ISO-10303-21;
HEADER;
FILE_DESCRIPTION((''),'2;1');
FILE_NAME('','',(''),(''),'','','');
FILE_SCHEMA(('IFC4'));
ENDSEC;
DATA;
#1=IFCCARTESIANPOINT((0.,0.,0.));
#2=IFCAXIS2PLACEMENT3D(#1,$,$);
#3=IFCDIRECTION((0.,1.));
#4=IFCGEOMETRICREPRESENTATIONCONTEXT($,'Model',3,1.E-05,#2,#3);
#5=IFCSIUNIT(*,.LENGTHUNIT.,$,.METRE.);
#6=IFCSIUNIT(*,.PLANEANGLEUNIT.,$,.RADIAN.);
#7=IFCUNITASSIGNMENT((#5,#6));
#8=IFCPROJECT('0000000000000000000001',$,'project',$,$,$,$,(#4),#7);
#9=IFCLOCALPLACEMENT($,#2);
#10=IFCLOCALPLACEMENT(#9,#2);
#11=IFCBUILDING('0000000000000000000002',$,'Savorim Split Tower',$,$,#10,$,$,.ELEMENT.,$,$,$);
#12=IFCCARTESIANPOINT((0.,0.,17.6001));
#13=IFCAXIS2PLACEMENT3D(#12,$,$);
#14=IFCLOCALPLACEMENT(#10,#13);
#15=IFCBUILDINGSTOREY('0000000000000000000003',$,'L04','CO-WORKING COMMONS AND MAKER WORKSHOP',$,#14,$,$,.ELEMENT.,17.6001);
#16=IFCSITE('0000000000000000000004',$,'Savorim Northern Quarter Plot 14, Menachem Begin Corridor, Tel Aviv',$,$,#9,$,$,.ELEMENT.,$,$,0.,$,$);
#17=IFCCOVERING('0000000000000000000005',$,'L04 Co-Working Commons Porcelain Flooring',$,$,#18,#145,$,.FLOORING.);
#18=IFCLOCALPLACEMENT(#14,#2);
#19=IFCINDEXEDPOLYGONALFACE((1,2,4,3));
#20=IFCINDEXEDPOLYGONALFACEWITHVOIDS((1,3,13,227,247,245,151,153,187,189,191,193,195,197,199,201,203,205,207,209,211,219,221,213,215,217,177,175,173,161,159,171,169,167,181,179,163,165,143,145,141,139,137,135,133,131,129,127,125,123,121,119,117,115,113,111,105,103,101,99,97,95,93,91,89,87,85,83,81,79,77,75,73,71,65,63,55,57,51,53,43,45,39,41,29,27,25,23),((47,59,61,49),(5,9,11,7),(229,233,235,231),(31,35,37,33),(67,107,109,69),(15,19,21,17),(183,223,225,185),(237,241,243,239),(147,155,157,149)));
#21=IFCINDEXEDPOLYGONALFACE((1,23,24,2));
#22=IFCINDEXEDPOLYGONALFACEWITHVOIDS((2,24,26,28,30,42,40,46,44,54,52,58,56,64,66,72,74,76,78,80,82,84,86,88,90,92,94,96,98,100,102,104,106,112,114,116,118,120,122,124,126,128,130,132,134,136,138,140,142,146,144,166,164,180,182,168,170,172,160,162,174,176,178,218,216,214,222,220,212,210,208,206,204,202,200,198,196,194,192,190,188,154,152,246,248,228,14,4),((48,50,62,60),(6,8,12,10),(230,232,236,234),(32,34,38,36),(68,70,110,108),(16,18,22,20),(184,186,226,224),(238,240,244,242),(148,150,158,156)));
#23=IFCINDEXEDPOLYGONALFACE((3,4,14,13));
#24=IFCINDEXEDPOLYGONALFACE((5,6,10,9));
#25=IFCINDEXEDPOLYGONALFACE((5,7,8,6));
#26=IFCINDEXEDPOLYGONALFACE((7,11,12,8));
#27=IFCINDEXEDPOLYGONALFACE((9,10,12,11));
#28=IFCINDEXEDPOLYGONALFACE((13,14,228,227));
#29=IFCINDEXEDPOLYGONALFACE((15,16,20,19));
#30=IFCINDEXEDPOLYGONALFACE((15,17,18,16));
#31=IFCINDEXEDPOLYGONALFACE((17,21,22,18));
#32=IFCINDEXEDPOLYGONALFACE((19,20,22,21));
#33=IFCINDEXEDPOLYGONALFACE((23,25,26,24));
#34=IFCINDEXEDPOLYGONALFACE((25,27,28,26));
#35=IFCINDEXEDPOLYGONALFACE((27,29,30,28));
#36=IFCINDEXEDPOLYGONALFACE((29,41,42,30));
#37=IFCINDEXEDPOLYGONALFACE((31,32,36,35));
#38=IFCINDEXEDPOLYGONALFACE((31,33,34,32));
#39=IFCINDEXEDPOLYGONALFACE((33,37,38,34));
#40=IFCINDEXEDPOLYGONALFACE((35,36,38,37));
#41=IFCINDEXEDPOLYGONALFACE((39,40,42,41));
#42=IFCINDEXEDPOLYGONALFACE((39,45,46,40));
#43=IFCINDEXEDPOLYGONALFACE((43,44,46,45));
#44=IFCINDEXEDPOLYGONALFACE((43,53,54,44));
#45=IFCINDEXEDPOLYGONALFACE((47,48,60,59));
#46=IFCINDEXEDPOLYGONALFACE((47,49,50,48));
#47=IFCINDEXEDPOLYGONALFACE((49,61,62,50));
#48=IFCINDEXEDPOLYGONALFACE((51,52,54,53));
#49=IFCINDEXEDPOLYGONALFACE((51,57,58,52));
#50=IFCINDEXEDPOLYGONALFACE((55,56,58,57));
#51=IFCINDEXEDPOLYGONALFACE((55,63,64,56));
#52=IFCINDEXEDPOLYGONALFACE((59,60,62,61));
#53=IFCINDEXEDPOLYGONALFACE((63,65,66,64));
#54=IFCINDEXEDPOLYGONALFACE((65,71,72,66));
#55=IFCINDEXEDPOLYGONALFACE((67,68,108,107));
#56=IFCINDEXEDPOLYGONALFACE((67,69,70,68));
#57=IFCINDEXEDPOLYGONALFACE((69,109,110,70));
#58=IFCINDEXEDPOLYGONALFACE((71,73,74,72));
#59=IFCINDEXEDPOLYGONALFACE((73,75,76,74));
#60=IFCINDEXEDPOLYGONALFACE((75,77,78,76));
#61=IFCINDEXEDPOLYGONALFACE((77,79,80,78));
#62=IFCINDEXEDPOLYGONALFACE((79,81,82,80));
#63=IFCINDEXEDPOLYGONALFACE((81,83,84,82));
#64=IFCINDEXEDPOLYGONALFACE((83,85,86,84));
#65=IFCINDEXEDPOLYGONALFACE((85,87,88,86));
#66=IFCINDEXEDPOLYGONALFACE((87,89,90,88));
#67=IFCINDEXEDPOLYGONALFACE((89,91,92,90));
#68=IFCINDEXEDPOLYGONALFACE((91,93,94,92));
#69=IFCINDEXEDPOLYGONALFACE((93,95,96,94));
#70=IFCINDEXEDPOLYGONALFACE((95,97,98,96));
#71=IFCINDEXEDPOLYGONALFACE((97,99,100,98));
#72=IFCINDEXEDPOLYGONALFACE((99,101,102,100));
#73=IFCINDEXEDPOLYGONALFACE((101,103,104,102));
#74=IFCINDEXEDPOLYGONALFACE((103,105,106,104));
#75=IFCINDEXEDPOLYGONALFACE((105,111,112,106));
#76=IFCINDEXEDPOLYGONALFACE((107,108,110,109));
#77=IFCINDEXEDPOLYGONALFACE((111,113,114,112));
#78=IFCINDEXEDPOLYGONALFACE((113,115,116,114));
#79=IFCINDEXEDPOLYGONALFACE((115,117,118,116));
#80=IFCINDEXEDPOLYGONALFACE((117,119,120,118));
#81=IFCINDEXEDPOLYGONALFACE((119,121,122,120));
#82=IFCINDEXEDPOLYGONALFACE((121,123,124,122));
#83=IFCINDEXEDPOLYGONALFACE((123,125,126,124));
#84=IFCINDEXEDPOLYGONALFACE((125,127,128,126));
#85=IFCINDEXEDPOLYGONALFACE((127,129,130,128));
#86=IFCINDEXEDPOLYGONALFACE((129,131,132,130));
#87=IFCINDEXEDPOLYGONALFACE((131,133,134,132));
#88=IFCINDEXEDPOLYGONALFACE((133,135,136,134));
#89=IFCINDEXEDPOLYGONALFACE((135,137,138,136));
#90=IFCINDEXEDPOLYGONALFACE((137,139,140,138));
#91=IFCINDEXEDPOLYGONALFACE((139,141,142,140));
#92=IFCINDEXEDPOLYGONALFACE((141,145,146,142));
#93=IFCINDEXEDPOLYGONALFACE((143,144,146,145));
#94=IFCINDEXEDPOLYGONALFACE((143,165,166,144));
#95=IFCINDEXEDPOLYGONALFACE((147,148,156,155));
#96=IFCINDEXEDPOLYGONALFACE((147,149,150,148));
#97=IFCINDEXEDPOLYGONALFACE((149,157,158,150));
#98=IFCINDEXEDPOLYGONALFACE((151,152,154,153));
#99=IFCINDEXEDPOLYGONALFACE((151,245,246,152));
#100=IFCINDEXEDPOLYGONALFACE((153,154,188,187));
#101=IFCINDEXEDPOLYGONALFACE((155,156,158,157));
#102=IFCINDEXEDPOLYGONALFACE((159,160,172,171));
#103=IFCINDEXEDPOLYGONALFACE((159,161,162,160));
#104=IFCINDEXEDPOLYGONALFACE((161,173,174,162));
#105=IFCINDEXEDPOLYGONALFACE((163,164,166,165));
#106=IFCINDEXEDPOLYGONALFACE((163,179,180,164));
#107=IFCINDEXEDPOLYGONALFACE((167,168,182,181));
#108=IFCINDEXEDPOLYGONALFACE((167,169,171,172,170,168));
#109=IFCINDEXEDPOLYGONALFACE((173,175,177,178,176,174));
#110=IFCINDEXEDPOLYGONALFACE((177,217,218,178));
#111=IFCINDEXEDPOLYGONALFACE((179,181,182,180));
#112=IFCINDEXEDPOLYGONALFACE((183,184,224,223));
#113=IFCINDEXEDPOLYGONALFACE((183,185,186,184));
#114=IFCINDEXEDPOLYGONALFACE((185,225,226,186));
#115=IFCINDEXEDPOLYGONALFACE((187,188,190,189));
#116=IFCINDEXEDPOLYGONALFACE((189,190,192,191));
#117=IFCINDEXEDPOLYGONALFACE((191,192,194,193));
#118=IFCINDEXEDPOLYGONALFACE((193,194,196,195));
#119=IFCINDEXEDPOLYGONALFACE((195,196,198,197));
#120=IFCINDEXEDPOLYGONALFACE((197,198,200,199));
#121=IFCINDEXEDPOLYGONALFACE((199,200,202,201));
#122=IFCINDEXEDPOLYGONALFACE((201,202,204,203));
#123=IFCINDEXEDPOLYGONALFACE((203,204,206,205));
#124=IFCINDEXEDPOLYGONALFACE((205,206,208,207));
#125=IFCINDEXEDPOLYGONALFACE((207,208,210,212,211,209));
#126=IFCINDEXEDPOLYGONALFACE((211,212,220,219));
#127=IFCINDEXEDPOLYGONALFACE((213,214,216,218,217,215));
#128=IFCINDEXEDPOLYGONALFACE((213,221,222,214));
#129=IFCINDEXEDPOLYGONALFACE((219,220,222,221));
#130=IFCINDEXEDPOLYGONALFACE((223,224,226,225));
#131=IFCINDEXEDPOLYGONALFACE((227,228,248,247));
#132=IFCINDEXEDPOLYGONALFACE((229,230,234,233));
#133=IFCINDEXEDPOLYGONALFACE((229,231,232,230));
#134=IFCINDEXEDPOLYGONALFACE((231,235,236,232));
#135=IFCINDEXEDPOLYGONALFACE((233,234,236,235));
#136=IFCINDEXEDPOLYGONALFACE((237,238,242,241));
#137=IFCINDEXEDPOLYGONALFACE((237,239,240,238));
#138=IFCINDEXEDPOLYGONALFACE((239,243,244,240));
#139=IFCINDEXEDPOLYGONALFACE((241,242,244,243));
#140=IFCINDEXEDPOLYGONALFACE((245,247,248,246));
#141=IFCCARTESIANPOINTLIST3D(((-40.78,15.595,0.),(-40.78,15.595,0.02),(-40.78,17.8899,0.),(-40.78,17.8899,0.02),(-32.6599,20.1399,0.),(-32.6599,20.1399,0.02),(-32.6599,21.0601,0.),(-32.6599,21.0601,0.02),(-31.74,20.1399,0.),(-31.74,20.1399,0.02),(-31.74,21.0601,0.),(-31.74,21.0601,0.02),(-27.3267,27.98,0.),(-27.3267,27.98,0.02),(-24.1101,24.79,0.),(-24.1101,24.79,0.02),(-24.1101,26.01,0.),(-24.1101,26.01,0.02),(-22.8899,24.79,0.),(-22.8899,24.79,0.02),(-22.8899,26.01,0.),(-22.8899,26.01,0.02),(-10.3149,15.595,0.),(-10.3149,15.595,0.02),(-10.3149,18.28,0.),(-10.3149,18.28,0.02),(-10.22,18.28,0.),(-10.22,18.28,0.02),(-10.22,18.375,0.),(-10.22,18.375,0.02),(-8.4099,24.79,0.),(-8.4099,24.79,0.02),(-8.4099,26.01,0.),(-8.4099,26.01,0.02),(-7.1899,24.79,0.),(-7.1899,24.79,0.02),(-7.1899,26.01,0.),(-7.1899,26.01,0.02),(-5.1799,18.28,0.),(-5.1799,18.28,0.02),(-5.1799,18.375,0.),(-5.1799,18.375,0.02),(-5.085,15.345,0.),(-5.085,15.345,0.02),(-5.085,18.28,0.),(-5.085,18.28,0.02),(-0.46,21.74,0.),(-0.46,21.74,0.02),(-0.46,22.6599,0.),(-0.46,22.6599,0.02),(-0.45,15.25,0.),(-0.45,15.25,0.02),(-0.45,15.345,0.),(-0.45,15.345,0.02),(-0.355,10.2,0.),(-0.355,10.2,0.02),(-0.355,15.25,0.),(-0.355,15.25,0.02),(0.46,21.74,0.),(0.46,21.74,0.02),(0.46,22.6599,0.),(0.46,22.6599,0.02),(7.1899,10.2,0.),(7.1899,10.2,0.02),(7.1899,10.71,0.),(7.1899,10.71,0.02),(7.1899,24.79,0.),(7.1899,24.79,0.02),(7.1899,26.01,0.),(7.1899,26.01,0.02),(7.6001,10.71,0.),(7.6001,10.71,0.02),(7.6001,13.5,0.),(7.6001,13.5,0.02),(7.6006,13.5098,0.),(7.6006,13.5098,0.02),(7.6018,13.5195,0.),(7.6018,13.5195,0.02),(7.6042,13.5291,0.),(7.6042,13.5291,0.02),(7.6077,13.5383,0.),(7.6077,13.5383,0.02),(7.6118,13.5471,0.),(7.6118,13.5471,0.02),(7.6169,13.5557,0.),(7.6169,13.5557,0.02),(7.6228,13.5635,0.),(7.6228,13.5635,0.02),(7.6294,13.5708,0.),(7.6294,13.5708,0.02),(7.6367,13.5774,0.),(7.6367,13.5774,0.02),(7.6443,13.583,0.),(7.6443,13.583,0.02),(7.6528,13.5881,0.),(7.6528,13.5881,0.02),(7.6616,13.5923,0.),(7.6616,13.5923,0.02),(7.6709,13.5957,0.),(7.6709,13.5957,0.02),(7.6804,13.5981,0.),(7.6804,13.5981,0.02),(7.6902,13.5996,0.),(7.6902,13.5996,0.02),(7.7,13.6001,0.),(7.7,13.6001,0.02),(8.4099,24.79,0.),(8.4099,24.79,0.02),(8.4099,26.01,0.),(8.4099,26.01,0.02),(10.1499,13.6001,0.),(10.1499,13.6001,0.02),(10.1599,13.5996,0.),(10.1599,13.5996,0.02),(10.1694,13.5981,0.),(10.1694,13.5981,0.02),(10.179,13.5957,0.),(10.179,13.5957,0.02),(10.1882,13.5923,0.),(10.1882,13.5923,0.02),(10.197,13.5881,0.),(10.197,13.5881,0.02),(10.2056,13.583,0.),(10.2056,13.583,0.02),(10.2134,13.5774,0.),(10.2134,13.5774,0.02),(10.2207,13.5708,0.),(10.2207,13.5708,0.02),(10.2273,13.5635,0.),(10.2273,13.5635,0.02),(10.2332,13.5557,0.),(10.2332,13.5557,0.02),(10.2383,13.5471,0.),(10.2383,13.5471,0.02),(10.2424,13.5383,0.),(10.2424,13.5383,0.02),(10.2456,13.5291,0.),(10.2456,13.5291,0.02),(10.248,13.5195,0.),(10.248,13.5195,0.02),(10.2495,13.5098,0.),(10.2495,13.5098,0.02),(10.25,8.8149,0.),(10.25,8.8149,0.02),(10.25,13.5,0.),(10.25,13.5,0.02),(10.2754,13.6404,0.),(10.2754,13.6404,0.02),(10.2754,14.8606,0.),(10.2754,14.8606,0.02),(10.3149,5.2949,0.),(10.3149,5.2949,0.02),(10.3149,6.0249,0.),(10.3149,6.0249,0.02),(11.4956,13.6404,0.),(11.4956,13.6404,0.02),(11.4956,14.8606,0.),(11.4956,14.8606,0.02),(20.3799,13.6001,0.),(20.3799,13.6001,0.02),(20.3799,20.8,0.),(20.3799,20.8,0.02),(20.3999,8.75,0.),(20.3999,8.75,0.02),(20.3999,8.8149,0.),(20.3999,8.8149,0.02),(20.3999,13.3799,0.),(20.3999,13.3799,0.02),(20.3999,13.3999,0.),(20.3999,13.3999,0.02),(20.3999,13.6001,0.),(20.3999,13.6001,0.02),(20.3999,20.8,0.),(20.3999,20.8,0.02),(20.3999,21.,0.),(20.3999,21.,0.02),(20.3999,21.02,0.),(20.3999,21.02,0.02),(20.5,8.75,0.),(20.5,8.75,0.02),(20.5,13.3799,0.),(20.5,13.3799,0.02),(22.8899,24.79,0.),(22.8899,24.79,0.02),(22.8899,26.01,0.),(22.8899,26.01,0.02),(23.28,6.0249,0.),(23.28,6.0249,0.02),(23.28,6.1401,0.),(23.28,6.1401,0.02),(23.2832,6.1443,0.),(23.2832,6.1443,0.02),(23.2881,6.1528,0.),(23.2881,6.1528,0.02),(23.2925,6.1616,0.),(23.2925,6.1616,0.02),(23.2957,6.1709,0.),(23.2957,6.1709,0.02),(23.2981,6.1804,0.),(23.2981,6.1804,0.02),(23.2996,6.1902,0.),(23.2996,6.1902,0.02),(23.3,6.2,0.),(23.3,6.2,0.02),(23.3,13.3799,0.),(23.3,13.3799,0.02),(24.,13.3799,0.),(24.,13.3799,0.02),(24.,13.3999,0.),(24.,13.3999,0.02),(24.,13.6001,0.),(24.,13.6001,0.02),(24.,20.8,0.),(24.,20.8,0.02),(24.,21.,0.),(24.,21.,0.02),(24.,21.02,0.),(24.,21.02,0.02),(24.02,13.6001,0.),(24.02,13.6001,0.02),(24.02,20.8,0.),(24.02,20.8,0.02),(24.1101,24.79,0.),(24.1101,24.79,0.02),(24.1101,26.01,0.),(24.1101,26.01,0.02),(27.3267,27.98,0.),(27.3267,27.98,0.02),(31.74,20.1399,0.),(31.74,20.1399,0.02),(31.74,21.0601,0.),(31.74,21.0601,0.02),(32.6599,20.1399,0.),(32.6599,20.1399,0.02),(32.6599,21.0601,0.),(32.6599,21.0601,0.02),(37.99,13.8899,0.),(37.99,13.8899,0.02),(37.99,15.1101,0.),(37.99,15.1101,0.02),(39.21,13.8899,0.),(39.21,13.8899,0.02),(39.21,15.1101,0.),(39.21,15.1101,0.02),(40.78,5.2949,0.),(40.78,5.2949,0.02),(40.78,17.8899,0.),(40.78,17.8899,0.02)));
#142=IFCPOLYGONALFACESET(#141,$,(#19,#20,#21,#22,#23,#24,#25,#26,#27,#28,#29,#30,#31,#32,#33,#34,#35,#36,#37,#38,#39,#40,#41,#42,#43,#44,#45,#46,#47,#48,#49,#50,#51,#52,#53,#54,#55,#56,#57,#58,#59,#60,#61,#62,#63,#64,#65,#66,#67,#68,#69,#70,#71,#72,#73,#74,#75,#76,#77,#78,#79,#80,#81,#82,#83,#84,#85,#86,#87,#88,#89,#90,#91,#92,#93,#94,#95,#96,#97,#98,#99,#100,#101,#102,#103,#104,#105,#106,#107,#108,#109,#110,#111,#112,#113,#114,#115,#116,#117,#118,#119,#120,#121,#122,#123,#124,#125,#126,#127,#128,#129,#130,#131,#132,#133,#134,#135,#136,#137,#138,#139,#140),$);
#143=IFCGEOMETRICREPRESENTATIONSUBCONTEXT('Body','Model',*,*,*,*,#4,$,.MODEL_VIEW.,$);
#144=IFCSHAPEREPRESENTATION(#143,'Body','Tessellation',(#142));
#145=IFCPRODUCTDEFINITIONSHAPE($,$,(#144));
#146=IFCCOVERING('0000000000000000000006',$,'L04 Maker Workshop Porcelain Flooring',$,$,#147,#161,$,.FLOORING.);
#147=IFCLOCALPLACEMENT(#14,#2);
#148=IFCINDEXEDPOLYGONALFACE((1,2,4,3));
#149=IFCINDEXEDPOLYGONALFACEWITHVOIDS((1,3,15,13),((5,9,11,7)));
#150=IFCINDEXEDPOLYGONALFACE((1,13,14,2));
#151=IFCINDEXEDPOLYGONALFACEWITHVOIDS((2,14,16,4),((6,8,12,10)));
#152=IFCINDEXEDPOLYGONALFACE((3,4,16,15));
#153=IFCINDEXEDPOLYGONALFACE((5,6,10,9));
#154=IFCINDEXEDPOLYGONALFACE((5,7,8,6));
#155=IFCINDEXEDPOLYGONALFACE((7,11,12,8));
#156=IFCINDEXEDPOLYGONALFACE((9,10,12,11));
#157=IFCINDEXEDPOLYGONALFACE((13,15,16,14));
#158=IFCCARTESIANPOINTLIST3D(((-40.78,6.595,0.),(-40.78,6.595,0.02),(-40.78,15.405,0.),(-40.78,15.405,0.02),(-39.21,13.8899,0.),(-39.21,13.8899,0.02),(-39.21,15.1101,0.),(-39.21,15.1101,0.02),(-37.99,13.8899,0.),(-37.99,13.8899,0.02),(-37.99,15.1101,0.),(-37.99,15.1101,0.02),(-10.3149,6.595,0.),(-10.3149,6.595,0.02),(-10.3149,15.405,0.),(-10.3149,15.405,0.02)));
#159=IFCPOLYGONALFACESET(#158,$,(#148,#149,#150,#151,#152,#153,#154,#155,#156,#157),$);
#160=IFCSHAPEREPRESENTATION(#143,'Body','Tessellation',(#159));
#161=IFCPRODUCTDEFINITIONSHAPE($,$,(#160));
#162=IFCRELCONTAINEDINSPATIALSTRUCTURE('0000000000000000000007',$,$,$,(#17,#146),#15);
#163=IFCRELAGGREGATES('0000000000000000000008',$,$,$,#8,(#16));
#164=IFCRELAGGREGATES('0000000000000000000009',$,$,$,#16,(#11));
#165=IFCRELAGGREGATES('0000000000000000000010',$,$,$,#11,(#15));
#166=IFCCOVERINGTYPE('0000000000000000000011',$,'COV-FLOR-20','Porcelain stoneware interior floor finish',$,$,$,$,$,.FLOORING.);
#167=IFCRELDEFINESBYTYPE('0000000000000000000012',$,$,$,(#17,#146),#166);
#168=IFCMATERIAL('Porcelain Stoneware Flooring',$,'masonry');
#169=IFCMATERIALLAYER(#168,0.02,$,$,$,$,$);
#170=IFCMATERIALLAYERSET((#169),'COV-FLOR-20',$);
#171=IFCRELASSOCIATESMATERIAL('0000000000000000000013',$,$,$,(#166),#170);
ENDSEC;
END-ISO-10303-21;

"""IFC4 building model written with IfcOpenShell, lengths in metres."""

from ifc_helpers import new_model, si_unit, direction, frame, origin, place, context, subcontext, project, spatial, polyline, outline, extrude, material, layer, layer_set, type_object, element, save


model = new_model("IFC4")

# Units and contexts
model_context = context("Model", 3, precision=1e-05, world=origin(), true_north=direction((0.0, 1.0)))
body_context = subcontext(model_context, "Body", "Model", "MODEL_VIEW")
ifc_project = project(units=[si_unit("LENGTHUNIT", "METRE"), si_unit("PLANEANGLEUNIT", "RADIAN")], contexts=[model_context])

# Site, building, storey
site_placement = place(None, origin())
site = spatial("IfcSite", under=ifc_project, at=site_placement, Name="Savorim Northern Quarter Plot 14, Menachem Begin Corridor, Tel Aviv", CompositionType="ELEMENT", RefElevation=0.0)
building_placement = place(site_placement, origin())
building = spatial("IfcBuilding", under=site, at=building_placement, Name="Savorim Split Tower", CompositionType="ELEMENT")
storey_placement = place(building_placement, frame((0.0, 0.0, 17.6001)))
storey = spatial("IfcBuildingStorey", under=building, at=storey_placement, Name="L04", Description="CO-WORKING COMMONS AND MAKER WORKSHOP", CompositionType="ELEMENT", Elevation=17.6001)

# Coverings
ifc_material_1 = material(Name="Porcelain Stoneware Flooring", Category="masonry")
ifc_layer_1 = layer(ifc_material_1, 0.02)
ifc_layer_set_1 = layer_set([ifc_layer_1], Name="COV-FLOR-20")
covering_type_1 = type_object("IfcCoveringType", Name="COV-FLOR-20", Description="Porcelain stoneware interior floor finish", PredefinedType="FLOORING", material=ifc_layer_set_1)
covering_1_placement = place(storey_placement, origin())
element("IfcCovering", 1, at=covering_1_placement, inside=storey, type_object=covering_type_1, Name="L04 Co-Working Commons Porcelain Flooring", PredefinedType="FLOORING", context=body_context, shape_type="SweptSolid", body=[
    extrude(outline(polyline([(27.3267, 27.98), (-27.3267, 27.98), (-40.78, 17.8899), (-40.78, 15.595), (-10.3149, 15.595), (-10.3149, 18.28), (-10.22, 18.28), (-10.22, 18.375), (-5.1799, 18.375), (-5.1799, 18.28), (-5.085, 18.28), (-5.085, 15.345), (-0.45, 15.345), (-0.45, 15.25), (-0.355, 15.25), (-0.355, 10.2), (7.1899, 10.2), (7.1899, 10.71), (7.6001, 10.71), (7.6001, 13.5), (7.6006, 13.5098), (7.6018, 13.5195), (7.6042, 13.5291), (7.6077, 13.5383), (7.6118, 13.5471), (7.6169, 13.5557), (7.6228, 13.5635), (7.6294, 13.5708), (7.6367, 13.5774), (7.6443, 13.583), (7.6528, 13.5881), (7.6616, 13.5923), (7.6709, 13.5957), (7.6804, 13.5981), (7.6902, 13.5996), (7.7, 13.6001), (10.1499, 13.6001), (10.1599, 13.5996), (10.1694, 13.5981), (10.179, 13.5957), (10.1882, 13.5923), (10.197, 13.5881), (10.2056, 13.583), (10.2134, 13.5774), (10.2207, 13.5708), (10.2273, 13.5635), (10.2332, 13.5557), (10.2383, 13.5471), (10.2424, 13.5383), (10.2456, 13.5291), (10.248, 13.5195), (10.2495, 13.5098), (10.25, 13.5), (10.25, 8.8149), (20.3999, 8.8149), (20.3999, 8.75), (20.5, 8.75), (20.5, 13.3799), (20.3999, 13.3799), (20.3999, 13.3999), (20.3999, 13.6001), (20.3799, 13.6001), (20.3799, 20.8), (20.3999, 20.8), (20.3999, 21.0), (20.3999, 21.02), (24.0, 21.02), (24.0, 21.0), (24.0, 20.8), (24.02, 20.8), (24.02, 13.6001), (24.0, 13.6001), (24.0, 13.3999), (24.0, 13.3799), (23.3, 13.3799), (23.3, 6.2), (23.2996, 6.1902), (23.2981, 6.1804), (23.2957, 6.1709), (23.2925, 6.1616), (23.2881, 6.1528), (23.2832, 6.1443), (23.28, 6.1401), (23.28, 6.0249), (10.3149, 6.0249), (10.3149, 5.2949), (40.78, 5.2949), (40.78, 17.8899), (27.3267, 27.98)]), holes=[polyline([(37.99, 13.8899), (39.21, 13.8899), (39.21, 15.1101), (37.99, 15.1101), (37.99, 13.8899)]), polyline([(22.8899, 24.79), (24.1101, 24.79), (24.1101, 26.01), (22.8899, 26.01), (22.8899, 24.79)]), polyline([(7.1899, 24.79), (8.4099, 24.79), (8.4099, 26.01), (7.1899, 26.01), (7.1899, 24.79)]), polyline([(-7.1899, 24.79), (-7.1899, 26.01), (-8.4099, 26.01), (-8.4099, 24.79), (-7.1899, 24.79)]), polyline([(-22.8899, 26.01), (-24.1101, 26.01), (-24.1101, 24.79), (-22.8899, 24.79), (-22.8899, 26.01)]), polyline([(10.2754, 14.8606), (10.2754, 13.6404), (11.4956, 13.6404), (11.4956, 14.8606), (10.2754, 14.8606)]), polyline([(31.74, 20.1399), (32.6599, 20.1399), (32.6599, 21.0601), (31.74, 21.0601), (31.74, 20.1399)]), polyline([(-31.74, 20.1399), (-31.74, 21.0601), (-32.6599, 21.0601), (-32.6599, 20.1399), (-31.74, 20.1399)]), polyline([(-0.46, 22.6599), (-0.46, 21.74), (0.46, 21.74), (0.46, 22.6599), (-0.46, 22.6599)])]), origin(), (0.0, 0.0, 1.0), 0.02),
])
covering_2_placement = place(storey_placement, origin())
element("IfcCovering", 2, at=covering_2_placement, inside=storey, type_object=covering_type_1, Name="L04 Maker Workshop Porcelain Flooring", PredefinedType="FLOORING", context=body_context, shape_type="SweptSolid", body=[
    extrude(outline(polyline([(-10.3149, 6.595), (-10.3149, 15.405), (-40.78, 15.405), (-40.78, 6.595), (-10.3149, 6.595)]), holes=[polyline([(-37.99, 15.1101), (-39.21, 15.1101), (-39.21, 13.8899), (-37.99, 13.8899), (-37.99, 15.1101)])]), origin(), (0.0, 0.0, 1.0), 0.02),
])

save(model, "model.ifc")
